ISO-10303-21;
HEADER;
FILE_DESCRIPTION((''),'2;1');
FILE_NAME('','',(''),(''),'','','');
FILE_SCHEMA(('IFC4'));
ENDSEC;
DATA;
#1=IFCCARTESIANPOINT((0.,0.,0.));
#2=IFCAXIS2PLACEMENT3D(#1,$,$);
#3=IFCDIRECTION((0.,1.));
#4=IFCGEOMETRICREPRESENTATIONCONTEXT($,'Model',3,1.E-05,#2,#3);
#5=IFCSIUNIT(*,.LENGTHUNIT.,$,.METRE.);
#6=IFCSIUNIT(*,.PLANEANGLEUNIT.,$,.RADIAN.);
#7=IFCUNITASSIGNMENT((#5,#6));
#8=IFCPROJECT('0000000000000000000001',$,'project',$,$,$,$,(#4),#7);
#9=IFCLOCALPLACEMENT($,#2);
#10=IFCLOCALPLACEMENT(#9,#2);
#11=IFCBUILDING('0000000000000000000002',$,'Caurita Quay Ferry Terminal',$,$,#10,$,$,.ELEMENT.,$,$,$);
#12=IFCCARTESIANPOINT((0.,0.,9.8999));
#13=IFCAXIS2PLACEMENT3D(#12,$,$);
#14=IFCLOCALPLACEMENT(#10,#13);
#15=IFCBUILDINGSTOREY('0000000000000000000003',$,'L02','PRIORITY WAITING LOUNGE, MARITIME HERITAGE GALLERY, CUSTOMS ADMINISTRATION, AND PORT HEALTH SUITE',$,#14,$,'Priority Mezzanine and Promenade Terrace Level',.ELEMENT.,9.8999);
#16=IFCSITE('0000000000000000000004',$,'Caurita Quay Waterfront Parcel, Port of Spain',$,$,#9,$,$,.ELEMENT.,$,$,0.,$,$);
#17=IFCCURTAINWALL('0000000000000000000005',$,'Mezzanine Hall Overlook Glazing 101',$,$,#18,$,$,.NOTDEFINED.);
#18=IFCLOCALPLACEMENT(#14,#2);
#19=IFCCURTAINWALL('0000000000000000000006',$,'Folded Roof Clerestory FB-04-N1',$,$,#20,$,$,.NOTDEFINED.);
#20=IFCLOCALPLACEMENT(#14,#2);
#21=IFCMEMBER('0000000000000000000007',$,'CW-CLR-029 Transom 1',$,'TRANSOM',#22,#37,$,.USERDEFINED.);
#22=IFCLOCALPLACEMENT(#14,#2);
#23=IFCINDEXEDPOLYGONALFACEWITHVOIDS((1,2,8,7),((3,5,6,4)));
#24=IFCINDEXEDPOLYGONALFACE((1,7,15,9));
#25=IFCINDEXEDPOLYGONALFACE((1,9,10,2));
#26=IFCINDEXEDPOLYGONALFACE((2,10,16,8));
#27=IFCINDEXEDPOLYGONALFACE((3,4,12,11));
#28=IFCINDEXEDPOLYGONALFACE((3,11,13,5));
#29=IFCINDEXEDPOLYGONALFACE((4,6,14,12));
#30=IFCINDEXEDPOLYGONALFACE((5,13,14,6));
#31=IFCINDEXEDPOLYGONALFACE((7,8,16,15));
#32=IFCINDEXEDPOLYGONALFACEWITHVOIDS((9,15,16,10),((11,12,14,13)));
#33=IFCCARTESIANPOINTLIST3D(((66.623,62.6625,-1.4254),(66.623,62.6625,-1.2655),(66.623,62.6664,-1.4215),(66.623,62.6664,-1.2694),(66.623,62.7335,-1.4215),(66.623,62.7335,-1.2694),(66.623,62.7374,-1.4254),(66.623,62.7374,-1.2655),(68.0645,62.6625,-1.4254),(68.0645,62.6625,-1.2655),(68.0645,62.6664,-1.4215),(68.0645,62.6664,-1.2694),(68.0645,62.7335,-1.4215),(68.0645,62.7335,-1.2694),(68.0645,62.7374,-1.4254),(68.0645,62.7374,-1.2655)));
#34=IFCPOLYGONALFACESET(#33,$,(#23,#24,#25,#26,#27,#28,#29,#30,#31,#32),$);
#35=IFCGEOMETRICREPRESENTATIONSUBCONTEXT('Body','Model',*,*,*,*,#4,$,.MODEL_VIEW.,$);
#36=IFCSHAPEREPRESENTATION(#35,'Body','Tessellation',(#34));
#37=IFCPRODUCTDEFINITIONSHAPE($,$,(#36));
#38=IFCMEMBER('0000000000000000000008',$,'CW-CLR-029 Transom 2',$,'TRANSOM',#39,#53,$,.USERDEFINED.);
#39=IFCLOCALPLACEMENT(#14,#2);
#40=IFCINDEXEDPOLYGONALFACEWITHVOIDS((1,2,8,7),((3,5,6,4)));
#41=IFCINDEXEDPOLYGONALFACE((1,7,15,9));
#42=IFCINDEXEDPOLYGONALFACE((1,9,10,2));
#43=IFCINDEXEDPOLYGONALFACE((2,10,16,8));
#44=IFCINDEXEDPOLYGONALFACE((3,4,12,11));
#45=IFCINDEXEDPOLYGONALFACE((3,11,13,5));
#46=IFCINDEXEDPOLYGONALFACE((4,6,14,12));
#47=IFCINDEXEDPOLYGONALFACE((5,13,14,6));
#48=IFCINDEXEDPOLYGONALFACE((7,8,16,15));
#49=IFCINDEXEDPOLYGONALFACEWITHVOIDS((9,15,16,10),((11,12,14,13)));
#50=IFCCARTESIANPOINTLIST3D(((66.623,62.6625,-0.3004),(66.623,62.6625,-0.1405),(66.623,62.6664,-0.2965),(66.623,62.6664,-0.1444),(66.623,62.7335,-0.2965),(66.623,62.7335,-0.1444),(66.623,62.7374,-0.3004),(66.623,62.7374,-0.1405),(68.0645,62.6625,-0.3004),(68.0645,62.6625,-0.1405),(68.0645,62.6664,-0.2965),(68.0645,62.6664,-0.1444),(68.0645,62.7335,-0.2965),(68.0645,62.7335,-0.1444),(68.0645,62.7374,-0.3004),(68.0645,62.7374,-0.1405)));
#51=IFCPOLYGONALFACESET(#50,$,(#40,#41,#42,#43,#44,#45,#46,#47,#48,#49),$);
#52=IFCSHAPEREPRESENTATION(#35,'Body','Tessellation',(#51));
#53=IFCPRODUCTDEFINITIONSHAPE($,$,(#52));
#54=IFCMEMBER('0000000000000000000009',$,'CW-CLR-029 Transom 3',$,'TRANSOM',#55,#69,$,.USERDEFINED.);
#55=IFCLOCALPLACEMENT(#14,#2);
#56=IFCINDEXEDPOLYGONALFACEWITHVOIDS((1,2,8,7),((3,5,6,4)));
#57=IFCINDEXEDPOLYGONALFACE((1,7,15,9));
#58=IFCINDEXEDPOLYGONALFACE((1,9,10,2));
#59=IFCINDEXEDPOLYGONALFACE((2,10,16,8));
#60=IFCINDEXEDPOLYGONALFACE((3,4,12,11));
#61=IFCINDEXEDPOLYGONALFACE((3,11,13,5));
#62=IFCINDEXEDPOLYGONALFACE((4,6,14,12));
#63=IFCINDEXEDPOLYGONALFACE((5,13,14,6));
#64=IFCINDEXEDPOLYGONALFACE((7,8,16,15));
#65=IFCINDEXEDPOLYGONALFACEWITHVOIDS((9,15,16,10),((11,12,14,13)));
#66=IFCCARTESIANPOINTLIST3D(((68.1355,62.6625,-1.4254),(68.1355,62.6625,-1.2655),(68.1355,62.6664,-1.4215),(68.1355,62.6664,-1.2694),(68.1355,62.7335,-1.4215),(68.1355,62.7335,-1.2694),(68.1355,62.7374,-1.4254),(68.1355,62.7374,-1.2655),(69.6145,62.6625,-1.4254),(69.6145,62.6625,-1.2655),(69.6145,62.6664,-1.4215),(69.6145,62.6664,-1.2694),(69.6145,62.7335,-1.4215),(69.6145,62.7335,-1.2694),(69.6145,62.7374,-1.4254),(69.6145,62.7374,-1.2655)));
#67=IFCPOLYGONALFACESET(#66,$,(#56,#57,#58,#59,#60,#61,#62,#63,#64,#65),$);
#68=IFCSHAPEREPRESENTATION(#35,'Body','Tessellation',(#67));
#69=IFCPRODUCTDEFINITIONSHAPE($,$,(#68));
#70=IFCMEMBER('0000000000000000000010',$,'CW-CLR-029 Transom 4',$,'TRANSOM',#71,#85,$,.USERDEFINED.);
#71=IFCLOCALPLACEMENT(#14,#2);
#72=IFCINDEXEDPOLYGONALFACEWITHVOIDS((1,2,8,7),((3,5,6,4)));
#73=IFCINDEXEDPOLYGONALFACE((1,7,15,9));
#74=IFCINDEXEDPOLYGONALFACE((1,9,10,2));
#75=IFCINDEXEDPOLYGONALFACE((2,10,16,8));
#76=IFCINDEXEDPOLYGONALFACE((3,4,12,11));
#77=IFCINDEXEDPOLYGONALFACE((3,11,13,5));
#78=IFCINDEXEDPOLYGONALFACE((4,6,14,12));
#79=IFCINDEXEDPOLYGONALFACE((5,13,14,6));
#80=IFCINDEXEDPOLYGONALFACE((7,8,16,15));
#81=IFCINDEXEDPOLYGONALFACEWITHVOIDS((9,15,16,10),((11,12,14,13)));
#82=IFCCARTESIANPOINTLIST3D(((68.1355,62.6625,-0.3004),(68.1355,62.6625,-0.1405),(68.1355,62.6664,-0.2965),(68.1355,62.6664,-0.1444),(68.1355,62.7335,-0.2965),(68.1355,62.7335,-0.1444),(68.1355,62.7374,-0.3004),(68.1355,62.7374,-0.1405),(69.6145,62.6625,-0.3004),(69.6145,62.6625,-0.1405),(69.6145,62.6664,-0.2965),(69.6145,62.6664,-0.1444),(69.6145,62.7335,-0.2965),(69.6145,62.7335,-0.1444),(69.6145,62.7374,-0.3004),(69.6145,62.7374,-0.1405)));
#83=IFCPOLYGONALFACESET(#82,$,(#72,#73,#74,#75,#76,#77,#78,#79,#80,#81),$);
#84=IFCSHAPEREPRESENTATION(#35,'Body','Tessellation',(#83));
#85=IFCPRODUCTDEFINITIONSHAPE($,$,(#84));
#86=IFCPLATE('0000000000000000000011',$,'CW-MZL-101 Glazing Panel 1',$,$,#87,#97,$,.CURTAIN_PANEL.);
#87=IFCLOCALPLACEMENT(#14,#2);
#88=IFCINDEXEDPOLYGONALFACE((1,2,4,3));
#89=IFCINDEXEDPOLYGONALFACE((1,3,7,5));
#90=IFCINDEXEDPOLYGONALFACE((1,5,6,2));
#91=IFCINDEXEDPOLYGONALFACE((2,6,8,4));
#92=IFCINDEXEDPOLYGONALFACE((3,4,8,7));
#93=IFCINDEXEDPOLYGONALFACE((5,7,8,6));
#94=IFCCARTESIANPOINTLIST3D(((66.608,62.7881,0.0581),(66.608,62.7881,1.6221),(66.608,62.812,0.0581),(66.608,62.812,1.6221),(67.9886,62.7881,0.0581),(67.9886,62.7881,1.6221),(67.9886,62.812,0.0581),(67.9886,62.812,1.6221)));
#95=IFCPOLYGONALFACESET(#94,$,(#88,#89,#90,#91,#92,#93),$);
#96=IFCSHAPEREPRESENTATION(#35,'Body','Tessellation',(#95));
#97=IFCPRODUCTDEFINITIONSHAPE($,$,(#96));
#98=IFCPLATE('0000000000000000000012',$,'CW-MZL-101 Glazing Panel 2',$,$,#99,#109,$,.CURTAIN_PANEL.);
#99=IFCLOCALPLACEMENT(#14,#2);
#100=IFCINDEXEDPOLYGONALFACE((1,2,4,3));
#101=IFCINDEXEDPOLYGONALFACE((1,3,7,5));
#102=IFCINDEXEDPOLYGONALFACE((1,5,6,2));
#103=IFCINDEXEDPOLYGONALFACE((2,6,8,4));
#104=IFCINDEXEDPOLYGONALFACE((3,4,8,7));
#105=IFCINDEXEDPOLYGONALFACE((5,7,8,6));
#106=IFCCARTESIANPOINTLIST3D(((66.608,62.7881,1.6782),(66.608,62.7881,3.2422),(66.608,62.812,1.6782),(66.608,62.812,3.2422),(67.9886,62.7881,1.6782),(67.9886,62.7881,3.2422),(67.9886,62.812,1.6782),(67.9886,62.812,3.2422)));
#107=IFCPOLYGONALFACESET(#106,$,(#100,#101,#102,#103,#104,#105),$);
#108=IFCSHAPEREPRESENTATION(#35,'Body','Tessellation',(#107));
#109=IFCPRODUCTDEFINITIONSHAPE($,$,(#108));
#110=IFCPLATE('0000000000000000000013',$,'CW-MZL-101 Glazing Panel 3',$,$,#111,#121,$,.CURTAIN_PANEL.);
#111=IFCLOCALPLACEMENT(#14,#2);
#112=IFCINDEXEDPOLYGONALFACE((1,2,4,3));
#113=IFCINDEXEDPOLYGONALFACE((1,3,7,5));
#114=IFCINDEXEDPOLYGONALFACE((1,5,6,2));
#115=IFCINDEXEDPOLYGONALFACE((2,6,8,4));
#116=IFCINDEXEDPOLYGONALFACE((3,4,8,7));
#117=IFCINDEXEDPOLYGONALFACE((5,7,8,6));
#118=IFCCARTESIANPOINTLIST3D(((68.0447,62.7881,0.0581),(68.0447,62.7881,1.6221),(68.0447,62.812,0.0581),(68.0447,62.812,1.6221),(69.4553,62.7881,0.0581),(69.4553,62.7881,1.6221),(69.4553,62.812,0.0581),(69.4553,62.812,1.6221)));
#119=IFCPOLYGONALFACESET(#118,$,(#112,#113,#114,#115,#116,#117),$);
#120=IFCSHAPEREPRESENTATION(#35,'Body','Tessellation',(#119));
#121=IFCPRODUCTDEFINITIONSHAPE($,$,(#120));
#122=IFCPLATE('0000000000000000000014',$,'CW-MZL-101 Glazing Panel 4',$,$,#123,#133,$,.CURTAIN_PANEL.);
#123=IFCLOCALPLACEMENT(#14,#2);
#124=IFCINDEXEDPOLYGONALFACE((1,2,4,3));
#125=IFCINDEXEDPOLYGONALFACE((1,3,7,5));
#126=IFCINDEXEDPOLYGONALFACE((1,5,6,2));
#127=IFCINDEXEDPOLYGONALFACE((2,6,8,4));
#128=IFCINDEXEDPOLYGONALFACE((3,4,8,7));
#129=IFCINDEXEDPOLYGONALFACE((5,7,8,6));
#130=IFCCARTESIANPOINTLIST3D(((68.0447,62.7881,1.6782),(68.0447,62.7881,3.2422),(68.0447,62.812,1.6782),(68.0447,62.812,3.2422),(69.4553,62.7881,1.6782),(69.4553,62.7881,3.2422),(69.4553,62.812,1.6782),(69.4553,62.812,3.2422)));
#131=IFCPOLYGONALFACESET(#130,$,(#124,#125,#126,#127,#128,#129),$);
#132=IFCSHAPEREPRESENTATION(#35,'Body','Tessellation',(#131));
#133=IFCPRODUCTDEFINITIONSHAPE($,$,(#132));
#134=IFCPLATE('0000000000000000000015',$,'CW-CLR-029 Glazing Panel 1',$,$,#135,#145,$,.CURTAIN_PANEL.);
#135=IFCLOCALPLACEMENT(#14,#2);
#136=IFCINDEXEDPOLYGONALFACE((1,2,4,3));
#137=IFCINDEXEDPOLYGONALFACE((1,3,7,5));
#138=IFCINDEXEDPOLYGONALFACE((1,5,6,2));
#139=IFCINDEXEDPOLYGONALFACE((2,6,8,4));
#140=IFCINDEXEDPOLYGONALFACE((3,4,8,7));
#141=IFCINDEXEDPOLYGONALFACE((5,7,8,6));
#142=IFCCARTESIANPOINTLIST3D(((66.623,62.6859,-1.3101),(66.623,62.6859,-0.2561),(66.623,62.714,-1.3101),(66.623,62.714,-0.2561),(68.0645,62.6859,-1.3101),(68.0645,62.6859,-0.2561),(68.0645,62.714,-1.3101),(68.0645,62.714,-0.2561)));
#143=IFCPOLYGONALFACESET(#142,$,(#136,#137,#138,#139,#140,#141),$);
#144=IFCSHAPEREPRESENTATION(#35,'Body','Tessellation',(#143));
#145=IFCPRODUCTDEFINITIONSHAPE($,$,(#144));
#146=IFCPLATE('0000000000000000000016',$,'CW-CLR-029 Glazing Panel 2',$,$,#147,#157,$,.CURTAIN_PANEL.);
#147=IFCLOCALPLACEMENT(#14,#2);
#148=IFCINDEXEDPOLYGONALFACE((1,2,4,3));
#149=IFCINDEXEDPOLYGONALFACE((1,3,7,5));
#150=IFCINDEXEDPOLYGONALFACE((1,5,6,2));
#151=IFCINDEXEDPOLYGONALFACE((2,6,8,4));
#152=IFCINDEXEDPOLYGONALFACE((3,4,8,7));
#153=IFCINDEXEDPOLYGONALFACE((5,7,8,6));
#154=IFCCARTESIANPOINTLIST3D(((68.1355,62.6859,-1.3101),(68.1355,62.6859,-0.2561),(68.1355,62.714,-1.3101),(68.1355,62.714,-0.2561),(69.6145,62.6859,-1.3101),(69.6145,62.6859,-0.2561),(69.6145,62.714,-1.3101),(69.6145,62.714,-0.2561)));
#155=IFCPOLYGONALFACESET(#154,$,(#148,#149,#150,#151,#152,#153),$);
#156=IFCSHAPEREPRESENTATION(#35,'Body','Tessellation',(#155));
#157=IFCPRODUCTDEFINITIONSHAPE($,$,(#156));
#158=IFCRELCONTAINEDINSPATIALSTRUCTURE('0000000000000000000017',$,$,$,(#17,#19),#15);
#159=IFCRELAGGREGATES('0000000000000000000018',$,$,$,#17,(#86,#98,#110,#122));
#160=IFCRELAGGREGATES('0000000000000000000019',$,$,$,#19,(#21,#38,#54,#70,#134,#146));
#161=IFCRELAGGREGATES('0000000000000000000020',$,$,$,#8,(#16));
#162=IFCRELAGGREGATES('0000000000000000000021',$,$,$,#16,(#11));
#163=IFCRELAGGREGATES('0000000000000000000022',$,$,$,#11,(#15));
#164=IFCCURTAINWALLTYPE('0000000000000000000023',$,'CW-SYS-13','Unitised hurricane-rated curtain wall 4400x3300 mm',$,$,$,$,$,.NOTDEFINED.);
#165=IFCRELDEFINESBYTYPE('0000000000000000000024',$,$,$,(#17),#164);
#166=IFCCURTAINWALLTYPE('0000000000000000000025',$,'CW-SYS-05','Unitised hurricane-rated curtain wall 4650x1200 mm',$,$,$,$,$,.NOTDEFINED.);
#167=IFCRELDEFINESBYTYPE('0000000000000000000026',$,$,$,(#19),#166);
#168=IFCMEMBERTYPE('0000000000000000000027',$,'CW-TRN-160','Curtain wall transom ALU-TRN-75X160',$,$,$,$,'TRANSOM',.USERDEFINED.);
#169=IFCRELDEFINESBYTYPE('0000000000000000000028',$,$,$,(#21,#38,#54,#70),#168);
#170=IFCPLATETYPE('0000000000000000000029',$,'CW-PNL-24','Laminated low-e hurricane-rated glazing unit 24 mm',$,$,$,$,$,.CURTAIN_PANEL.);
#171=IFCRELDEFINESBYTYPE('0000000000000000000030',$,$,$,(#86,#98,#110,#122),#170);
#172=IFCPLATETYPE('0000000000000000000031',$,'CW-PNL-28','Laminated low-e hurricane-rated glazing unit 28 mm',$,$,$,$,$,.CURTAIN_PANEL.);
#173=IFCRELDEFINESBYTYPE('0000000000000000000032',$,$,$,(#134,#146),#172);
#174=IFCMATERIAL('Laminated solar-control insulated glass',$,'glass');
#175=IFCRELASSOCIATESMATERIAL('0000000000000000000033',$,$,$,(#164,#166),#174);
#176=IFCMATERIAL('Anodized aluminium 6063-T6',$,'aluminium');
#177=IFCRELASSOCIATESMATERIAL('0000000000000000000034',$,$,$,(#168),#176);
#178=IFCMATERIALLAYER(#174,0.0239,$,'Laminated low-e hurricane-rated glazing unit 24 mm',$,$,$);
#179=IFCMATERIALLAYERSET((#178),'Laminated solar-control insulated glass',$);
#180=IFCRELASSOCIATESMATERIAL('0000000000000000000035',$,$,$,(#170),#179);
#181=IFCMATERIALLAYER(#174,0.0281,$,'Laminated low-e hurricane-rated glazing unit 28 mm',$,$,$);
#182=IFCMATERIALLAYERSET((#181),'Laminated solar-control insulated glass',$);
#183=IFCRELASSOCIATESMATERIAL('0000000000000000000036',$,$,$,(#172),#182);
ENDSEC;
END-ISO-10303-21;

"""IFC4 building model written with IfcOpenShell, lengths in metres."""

from ifc_helpers import new_model, si_unit, direction, frame, origin, origin_2d, place, context, subcontext, project, spatial, rectangle, hollow_rectangle, extrude, material, layer, layer_set, material_profile, profile_set, type_object, element, aggregate, save


model = new_model("IFC4")

# Units and contexts
model_context = context("Model", 3, precision=1e-05, world=origin(), true_north=direction((0.0, 1.0)))
body_context = subcontext(model_context, "Body", "Model", "MODEL_VIEW")
ifc_project = project(units=[si_unit("LENGTHUNIT", "METRE"), si_unit("PLANEANGLEUNIT", "RADIAN")], contexts=[model_context])

# Site, building, storey
site_placement = place(None, origin())
site = spatial("IfcSite", under=ifc_project, at=site_placement, Name="Caurita Quay Waterfront Parcel, Port of Spain", CompositionType="ELEMENT", RefElevation=0.0)
building_placement = place(site_placement, origin())
building = spatial("IfcBuilding", under=site, at=building_placement, Name="Caurita Quay Ferry Terminal", CompositionType="ELEMENT")
storey_placement = place(building_placement, frame((0.0, 0.0, 9.8999)))
storey = spatial("IfcBuildingStorey", under=building, at=storey_placement, Name="L02", Description="PRIORITY WAITING LOUNGE, MARITIME HERITAGE GALLERY, CUSTOMS ADMINISTRATION, AND PORT HEALTH SUITE", LongName="Priority Mezzanine and Promenade Terrace Level", CompositionType="ELEMENT", Elevation=9.8999)

# Curtain walls
ifc_material_1 = material(Name="Laminated solar-control insulated glass", Category="glass")
curtain_wall_type_1 = type_object("IfcCurtainWallType", Name="CW-SYS-13", Description="Unitised hurricane-rated curtain wall 4400x3300 mm", PredefinedType="NOTDEFINED", material=ifc_material_1)
curtain_wall_1_placement = place(storey_placement, origin())
curtain_wall_1 = element("IfcCurtainWall", 1, at=curtain_wall_1_placement, inside=storey, type_object=curtain_wall_type_1, Name="Mezzanine Hall Overlook Glazing 101", PredefinedType="NOTDEFINED")
ifc_material_2 = material(Name="Anodized aluminium 6063-T6", Category="aluminium")
curtain_wall_type_2 = type_object("IfcCurtainWallType", Name="CW-SYS-05", Description="Unitised hurricane-rated curtain wall 4650x1200 mm", PredefinedType="NOTDEFINED", material=ifc_material_1)
curtain_wall_2_placement = place(storey_placement, origin())
curtain_wall_2 = element("IfcCurtainWall", 2, at=curtain_wall_2_placement, inside=storey, type_object=curtain_wall_type_2, Name="Folded Roof Clerestory FB-04-N1", PredefinedType="NOTDEFINED")

# Members
ifc_material_profile_1 = material_profile(ifc_material_2, hollow_rectangle(XDim=0.075, YDim=0.1599, WallThickness=0.0039, at=origin_2d()), Name="ALU-TRN-75X160")
ifc_profile_set_1 = profile_set([ifc_material_profile_1], Name="Anodized aluminium 6063-T6")
member_type_1 = type_object("IfcMemberType", Name="CW-TRN-160", Description="Curtain wall transom ALU-TRN-75X160", ElementType="TRANSOM", PredefinedType="USERDEFINED", material=ifc_profile_set_1)
member_1_placement = place(storey_placement, frame((66.623, 62.7, -1.3455), z_axis=(1.0, 0.0, 0.0), x_axis=(0.0, 1.0, 0.0)))
member_1 = element("IfcMember", 3, at=member_1_placement, type_object=member_type_1, Name="CW-CLR-029 Transom 1", ObjectType="TRANSOM", PredefinedType="USERDEFINED", context=body_context, shape_type="SweptSolid", body=[
    extrude(hollow_rectangle(XDim=0.075, YDim=0.1599, WallThickness=0.0039, at=origin_2d()), origin(), (0.0, 0.0, 1.0), 1.4414),
])
member_2_placement = place(storey_placement, frame((66.623, 62.7, -0.2205), z_axis=(1.0, 0.0, 0.0), x_axis=(0.0, 1.0, 0.0)))
member_2 = element("IfcMember", 4, at=member_2_placement, type_object=member_type_1, Name="CW-CLR-029 Transom 2", ObjectType="TRANSOM", PredefinedType="USERDEFINED", context=body_context, shape_type="SweptSolid", body=[
    extrude(hollow_rectangle(XDim=0.075, YDim=0.1599, WallThickness=0.0039, at=origin_2d()), origin(), (0.0, 0.0, 1.0), 1.4414),
])
member_3_placement = place(storey_placement, frame((68.1355, 62.7, -1.3455), z_axis=(1.0, 0.0, 0.0), x_axis=(0.0, 1.0, 0.0)))
member_3 = element("IfcMember", 5, at=member_3_placement, type_object=member_type_1, Name="CW-CLR-029 Transom 3", ObjectType="TRANSOM", PredefinedType="USERDEFINED", context=body_context, shape_type="SweptSolid", body=[
    extrude(hollow_rectangle(XDim=0.075, YDim=0.1599, WallThickness=0.0039, at=origin_2d()), origin(), (0.0, 0.0, 1.0), 1.479),
])
member_4_placement = place(storey_placement, frame((68.1355, 62.7, -0.2205), z_axis=(1.0, 0.0, 0.0), x_axis=(0.0, 1.0, 0.0)))
member_4 = element("IfcMember", 6, at=member_4_placement, type_object=member_type_1, Name="CW-CLR-029 Transom 4", ObjectType="TRANSOM", PredefinedType="USERDEFINED", context=body_context, shape_type="SweptSolid", body=[
    extrude(hollow_rectangle(XDim=0.075, YDim=0.1599, WallThickness=0.0039, at=origin_2d()), origin(), (0.0, 0.0, 1.0), 1.479),
])

# Plates
ifc_layer_1 = layer(ifc_material_1, 0.0239, Name="Laminated low-e hurricane-rated glazing unit 24 mm")
ifc_layer_set_1 = layer_set([ifc_layer_1], Name="Laminated solar-control insulated glass")
plate_type_1 = type_object("IfcPlateType", Name="CW-PNL-24", Description="Laminated low-e hurricane-rated glazing unit 24 mm", PredefinedType="CURTAIN_PANEL", material=ifc_layer_set_1)
plate_1_placement = place(storey_placement, frame((67.2983, 62.8, 0.0581), z_axis=(0.0, 0.0, 1.0), x_axis=(1.0, 0.0, 0.0)))
plate_1 = element("IfcPlate", 7, at=plate_1_placement, type_object=plate_type_1, Name="CW-MZL-101 Glazing Panel 1", PredefinedType="CURTAIN_PANEL", context=body_context, shape_type="SweptSolid", body=[
    extrude(rectangle(XDim=1.3806, YDim=0.0239, at=origin_2d()), origin(), (0.0, 0.0, 1.0), 1.564),
])
plate_2_placement = place(storey_placement, frame((67.2983, 62.8, 1.6782), z_axis=(0.0, 0.0, 1.0), x_axis=(1.0, 0.0, 0.0)))
plate_2 = element("IfcPlate", 8, at=plate_2_placement, type_object=plate_type_1, Name="CW-MZL-101 Glazing Panel 2", PredefinedType="CURTAIN_PANEL", context=body_context, shape_type="SweptSolid", body=[
    extrude(rectangle(XDim=1.3806, YDim=0.0239, at=origin_2d()), origin(), (0.0, 0.0, 1.0), 1.564),
])
plate_3_placement = place(storey_placement, frame((68.75, 62.8, 0.0581), z_axis=(0.0, 0.0, 1.0), x_axis=(1.0, 0.0, 0.0)))
plate_3 = element("IfcPlate", 9, at=plate_3_placement, type_object=plate_type_1, Name="CW-MZL-101 Glazing Panel 3", PredefinedType="CURTAIN_PANEL", context=body_context, shape_type="SweptSolid", body=[
    extrude(rectangle(XDim=1.4106, YDim=0.0239, at=origin_2d()), origin(), (0.0, 0.0, 1.0), 1.564),
])
plate_4_placement = place(storey_placement, frame((68.75, 62.8, 1.6782), z_axis=(0.0, 0.0, 1.0), x_axis=(1.0, 0.0, 0.0)))
plate_4 = element("IfcPlate", 10, at=plate_4_placement, type_object=plate_type_1, Name="CW-MZL-101 Glazing Panel 4", PredefinedType="CURTAIN_PANEL", context=body_context, shape_type="SweptSolid", body=[
    extrude(rectangle(XDim=1.4106, YDim=0.0239, at=origin_2d()), origin(), (0.0, 0.0, 1.0), 1.564),
])
aggregate(curtain_wall_1, [plate_1, plate_2, plate_3, plate_4])
ifc_layer_2 = layer(ifc_material_1, 0.0281, Name="Laminated low-e hurricane-rated glazing unit 28 mm")
ifc_layer_set_2 = layer_set([ifc_layer_2], Name="Laminated solar-control insulated glass")
plate_type_2 = type_object("IfcPlateType", Name="CW-PNL-28", Description="Laminated low-e hurricane-rated glazing unit 28 mm", PredefinedType="CURTAIN_PANEL", material=ifc_layer_set_2)
plate_5_placement = place(storey_placement, frame((67.3438, 62.7, -1.3101), z_axis=(0.0, 0.0, 1.0), x_axis=(1.0, 0.0, 0.0)))
plate_5 = element("IfcPlate", 11, at=plate_5_placement, type_object=plate_type_2, Name="CW-CLR-029 Glazing Panel 1", PredefinedType="CURTAIN_PANEL", context=body_context, shape_type="SweptSolid", body=[
    extrude(rectangle(XDim=1.4414, YDim=0.0281, at=origin_2d()), origin(), (0.0, 0.0, 1.0), 1.054),
])
plate_6_placement = place(storey_placement, frame((68.875, 62.7, -1.3101), z_axis=(0.0, 0.0, 1.0), x_axis=(1.0, 0.0, 0.0)))
plate_6 = element("IfcPlate", 12, at=plate_6_placement, type_object=plate_type_2, Name="CW-CLR-029 Glazing Panel 2", PredefinedType="CURTAIN_PANEL", context=body_context, shape_type="SweptSolid", body=[
    extrude(rectangle(XDim=1.479, YDim=0.0281, at=origin_2d()), origin(), (0.0, 0.0, 1.0), 1.054),
])
aggregate(curtain_wall_2, [member_1, member_2, member_3, member_4, plate_5, plate_6])

save(model, "model.ifc")
